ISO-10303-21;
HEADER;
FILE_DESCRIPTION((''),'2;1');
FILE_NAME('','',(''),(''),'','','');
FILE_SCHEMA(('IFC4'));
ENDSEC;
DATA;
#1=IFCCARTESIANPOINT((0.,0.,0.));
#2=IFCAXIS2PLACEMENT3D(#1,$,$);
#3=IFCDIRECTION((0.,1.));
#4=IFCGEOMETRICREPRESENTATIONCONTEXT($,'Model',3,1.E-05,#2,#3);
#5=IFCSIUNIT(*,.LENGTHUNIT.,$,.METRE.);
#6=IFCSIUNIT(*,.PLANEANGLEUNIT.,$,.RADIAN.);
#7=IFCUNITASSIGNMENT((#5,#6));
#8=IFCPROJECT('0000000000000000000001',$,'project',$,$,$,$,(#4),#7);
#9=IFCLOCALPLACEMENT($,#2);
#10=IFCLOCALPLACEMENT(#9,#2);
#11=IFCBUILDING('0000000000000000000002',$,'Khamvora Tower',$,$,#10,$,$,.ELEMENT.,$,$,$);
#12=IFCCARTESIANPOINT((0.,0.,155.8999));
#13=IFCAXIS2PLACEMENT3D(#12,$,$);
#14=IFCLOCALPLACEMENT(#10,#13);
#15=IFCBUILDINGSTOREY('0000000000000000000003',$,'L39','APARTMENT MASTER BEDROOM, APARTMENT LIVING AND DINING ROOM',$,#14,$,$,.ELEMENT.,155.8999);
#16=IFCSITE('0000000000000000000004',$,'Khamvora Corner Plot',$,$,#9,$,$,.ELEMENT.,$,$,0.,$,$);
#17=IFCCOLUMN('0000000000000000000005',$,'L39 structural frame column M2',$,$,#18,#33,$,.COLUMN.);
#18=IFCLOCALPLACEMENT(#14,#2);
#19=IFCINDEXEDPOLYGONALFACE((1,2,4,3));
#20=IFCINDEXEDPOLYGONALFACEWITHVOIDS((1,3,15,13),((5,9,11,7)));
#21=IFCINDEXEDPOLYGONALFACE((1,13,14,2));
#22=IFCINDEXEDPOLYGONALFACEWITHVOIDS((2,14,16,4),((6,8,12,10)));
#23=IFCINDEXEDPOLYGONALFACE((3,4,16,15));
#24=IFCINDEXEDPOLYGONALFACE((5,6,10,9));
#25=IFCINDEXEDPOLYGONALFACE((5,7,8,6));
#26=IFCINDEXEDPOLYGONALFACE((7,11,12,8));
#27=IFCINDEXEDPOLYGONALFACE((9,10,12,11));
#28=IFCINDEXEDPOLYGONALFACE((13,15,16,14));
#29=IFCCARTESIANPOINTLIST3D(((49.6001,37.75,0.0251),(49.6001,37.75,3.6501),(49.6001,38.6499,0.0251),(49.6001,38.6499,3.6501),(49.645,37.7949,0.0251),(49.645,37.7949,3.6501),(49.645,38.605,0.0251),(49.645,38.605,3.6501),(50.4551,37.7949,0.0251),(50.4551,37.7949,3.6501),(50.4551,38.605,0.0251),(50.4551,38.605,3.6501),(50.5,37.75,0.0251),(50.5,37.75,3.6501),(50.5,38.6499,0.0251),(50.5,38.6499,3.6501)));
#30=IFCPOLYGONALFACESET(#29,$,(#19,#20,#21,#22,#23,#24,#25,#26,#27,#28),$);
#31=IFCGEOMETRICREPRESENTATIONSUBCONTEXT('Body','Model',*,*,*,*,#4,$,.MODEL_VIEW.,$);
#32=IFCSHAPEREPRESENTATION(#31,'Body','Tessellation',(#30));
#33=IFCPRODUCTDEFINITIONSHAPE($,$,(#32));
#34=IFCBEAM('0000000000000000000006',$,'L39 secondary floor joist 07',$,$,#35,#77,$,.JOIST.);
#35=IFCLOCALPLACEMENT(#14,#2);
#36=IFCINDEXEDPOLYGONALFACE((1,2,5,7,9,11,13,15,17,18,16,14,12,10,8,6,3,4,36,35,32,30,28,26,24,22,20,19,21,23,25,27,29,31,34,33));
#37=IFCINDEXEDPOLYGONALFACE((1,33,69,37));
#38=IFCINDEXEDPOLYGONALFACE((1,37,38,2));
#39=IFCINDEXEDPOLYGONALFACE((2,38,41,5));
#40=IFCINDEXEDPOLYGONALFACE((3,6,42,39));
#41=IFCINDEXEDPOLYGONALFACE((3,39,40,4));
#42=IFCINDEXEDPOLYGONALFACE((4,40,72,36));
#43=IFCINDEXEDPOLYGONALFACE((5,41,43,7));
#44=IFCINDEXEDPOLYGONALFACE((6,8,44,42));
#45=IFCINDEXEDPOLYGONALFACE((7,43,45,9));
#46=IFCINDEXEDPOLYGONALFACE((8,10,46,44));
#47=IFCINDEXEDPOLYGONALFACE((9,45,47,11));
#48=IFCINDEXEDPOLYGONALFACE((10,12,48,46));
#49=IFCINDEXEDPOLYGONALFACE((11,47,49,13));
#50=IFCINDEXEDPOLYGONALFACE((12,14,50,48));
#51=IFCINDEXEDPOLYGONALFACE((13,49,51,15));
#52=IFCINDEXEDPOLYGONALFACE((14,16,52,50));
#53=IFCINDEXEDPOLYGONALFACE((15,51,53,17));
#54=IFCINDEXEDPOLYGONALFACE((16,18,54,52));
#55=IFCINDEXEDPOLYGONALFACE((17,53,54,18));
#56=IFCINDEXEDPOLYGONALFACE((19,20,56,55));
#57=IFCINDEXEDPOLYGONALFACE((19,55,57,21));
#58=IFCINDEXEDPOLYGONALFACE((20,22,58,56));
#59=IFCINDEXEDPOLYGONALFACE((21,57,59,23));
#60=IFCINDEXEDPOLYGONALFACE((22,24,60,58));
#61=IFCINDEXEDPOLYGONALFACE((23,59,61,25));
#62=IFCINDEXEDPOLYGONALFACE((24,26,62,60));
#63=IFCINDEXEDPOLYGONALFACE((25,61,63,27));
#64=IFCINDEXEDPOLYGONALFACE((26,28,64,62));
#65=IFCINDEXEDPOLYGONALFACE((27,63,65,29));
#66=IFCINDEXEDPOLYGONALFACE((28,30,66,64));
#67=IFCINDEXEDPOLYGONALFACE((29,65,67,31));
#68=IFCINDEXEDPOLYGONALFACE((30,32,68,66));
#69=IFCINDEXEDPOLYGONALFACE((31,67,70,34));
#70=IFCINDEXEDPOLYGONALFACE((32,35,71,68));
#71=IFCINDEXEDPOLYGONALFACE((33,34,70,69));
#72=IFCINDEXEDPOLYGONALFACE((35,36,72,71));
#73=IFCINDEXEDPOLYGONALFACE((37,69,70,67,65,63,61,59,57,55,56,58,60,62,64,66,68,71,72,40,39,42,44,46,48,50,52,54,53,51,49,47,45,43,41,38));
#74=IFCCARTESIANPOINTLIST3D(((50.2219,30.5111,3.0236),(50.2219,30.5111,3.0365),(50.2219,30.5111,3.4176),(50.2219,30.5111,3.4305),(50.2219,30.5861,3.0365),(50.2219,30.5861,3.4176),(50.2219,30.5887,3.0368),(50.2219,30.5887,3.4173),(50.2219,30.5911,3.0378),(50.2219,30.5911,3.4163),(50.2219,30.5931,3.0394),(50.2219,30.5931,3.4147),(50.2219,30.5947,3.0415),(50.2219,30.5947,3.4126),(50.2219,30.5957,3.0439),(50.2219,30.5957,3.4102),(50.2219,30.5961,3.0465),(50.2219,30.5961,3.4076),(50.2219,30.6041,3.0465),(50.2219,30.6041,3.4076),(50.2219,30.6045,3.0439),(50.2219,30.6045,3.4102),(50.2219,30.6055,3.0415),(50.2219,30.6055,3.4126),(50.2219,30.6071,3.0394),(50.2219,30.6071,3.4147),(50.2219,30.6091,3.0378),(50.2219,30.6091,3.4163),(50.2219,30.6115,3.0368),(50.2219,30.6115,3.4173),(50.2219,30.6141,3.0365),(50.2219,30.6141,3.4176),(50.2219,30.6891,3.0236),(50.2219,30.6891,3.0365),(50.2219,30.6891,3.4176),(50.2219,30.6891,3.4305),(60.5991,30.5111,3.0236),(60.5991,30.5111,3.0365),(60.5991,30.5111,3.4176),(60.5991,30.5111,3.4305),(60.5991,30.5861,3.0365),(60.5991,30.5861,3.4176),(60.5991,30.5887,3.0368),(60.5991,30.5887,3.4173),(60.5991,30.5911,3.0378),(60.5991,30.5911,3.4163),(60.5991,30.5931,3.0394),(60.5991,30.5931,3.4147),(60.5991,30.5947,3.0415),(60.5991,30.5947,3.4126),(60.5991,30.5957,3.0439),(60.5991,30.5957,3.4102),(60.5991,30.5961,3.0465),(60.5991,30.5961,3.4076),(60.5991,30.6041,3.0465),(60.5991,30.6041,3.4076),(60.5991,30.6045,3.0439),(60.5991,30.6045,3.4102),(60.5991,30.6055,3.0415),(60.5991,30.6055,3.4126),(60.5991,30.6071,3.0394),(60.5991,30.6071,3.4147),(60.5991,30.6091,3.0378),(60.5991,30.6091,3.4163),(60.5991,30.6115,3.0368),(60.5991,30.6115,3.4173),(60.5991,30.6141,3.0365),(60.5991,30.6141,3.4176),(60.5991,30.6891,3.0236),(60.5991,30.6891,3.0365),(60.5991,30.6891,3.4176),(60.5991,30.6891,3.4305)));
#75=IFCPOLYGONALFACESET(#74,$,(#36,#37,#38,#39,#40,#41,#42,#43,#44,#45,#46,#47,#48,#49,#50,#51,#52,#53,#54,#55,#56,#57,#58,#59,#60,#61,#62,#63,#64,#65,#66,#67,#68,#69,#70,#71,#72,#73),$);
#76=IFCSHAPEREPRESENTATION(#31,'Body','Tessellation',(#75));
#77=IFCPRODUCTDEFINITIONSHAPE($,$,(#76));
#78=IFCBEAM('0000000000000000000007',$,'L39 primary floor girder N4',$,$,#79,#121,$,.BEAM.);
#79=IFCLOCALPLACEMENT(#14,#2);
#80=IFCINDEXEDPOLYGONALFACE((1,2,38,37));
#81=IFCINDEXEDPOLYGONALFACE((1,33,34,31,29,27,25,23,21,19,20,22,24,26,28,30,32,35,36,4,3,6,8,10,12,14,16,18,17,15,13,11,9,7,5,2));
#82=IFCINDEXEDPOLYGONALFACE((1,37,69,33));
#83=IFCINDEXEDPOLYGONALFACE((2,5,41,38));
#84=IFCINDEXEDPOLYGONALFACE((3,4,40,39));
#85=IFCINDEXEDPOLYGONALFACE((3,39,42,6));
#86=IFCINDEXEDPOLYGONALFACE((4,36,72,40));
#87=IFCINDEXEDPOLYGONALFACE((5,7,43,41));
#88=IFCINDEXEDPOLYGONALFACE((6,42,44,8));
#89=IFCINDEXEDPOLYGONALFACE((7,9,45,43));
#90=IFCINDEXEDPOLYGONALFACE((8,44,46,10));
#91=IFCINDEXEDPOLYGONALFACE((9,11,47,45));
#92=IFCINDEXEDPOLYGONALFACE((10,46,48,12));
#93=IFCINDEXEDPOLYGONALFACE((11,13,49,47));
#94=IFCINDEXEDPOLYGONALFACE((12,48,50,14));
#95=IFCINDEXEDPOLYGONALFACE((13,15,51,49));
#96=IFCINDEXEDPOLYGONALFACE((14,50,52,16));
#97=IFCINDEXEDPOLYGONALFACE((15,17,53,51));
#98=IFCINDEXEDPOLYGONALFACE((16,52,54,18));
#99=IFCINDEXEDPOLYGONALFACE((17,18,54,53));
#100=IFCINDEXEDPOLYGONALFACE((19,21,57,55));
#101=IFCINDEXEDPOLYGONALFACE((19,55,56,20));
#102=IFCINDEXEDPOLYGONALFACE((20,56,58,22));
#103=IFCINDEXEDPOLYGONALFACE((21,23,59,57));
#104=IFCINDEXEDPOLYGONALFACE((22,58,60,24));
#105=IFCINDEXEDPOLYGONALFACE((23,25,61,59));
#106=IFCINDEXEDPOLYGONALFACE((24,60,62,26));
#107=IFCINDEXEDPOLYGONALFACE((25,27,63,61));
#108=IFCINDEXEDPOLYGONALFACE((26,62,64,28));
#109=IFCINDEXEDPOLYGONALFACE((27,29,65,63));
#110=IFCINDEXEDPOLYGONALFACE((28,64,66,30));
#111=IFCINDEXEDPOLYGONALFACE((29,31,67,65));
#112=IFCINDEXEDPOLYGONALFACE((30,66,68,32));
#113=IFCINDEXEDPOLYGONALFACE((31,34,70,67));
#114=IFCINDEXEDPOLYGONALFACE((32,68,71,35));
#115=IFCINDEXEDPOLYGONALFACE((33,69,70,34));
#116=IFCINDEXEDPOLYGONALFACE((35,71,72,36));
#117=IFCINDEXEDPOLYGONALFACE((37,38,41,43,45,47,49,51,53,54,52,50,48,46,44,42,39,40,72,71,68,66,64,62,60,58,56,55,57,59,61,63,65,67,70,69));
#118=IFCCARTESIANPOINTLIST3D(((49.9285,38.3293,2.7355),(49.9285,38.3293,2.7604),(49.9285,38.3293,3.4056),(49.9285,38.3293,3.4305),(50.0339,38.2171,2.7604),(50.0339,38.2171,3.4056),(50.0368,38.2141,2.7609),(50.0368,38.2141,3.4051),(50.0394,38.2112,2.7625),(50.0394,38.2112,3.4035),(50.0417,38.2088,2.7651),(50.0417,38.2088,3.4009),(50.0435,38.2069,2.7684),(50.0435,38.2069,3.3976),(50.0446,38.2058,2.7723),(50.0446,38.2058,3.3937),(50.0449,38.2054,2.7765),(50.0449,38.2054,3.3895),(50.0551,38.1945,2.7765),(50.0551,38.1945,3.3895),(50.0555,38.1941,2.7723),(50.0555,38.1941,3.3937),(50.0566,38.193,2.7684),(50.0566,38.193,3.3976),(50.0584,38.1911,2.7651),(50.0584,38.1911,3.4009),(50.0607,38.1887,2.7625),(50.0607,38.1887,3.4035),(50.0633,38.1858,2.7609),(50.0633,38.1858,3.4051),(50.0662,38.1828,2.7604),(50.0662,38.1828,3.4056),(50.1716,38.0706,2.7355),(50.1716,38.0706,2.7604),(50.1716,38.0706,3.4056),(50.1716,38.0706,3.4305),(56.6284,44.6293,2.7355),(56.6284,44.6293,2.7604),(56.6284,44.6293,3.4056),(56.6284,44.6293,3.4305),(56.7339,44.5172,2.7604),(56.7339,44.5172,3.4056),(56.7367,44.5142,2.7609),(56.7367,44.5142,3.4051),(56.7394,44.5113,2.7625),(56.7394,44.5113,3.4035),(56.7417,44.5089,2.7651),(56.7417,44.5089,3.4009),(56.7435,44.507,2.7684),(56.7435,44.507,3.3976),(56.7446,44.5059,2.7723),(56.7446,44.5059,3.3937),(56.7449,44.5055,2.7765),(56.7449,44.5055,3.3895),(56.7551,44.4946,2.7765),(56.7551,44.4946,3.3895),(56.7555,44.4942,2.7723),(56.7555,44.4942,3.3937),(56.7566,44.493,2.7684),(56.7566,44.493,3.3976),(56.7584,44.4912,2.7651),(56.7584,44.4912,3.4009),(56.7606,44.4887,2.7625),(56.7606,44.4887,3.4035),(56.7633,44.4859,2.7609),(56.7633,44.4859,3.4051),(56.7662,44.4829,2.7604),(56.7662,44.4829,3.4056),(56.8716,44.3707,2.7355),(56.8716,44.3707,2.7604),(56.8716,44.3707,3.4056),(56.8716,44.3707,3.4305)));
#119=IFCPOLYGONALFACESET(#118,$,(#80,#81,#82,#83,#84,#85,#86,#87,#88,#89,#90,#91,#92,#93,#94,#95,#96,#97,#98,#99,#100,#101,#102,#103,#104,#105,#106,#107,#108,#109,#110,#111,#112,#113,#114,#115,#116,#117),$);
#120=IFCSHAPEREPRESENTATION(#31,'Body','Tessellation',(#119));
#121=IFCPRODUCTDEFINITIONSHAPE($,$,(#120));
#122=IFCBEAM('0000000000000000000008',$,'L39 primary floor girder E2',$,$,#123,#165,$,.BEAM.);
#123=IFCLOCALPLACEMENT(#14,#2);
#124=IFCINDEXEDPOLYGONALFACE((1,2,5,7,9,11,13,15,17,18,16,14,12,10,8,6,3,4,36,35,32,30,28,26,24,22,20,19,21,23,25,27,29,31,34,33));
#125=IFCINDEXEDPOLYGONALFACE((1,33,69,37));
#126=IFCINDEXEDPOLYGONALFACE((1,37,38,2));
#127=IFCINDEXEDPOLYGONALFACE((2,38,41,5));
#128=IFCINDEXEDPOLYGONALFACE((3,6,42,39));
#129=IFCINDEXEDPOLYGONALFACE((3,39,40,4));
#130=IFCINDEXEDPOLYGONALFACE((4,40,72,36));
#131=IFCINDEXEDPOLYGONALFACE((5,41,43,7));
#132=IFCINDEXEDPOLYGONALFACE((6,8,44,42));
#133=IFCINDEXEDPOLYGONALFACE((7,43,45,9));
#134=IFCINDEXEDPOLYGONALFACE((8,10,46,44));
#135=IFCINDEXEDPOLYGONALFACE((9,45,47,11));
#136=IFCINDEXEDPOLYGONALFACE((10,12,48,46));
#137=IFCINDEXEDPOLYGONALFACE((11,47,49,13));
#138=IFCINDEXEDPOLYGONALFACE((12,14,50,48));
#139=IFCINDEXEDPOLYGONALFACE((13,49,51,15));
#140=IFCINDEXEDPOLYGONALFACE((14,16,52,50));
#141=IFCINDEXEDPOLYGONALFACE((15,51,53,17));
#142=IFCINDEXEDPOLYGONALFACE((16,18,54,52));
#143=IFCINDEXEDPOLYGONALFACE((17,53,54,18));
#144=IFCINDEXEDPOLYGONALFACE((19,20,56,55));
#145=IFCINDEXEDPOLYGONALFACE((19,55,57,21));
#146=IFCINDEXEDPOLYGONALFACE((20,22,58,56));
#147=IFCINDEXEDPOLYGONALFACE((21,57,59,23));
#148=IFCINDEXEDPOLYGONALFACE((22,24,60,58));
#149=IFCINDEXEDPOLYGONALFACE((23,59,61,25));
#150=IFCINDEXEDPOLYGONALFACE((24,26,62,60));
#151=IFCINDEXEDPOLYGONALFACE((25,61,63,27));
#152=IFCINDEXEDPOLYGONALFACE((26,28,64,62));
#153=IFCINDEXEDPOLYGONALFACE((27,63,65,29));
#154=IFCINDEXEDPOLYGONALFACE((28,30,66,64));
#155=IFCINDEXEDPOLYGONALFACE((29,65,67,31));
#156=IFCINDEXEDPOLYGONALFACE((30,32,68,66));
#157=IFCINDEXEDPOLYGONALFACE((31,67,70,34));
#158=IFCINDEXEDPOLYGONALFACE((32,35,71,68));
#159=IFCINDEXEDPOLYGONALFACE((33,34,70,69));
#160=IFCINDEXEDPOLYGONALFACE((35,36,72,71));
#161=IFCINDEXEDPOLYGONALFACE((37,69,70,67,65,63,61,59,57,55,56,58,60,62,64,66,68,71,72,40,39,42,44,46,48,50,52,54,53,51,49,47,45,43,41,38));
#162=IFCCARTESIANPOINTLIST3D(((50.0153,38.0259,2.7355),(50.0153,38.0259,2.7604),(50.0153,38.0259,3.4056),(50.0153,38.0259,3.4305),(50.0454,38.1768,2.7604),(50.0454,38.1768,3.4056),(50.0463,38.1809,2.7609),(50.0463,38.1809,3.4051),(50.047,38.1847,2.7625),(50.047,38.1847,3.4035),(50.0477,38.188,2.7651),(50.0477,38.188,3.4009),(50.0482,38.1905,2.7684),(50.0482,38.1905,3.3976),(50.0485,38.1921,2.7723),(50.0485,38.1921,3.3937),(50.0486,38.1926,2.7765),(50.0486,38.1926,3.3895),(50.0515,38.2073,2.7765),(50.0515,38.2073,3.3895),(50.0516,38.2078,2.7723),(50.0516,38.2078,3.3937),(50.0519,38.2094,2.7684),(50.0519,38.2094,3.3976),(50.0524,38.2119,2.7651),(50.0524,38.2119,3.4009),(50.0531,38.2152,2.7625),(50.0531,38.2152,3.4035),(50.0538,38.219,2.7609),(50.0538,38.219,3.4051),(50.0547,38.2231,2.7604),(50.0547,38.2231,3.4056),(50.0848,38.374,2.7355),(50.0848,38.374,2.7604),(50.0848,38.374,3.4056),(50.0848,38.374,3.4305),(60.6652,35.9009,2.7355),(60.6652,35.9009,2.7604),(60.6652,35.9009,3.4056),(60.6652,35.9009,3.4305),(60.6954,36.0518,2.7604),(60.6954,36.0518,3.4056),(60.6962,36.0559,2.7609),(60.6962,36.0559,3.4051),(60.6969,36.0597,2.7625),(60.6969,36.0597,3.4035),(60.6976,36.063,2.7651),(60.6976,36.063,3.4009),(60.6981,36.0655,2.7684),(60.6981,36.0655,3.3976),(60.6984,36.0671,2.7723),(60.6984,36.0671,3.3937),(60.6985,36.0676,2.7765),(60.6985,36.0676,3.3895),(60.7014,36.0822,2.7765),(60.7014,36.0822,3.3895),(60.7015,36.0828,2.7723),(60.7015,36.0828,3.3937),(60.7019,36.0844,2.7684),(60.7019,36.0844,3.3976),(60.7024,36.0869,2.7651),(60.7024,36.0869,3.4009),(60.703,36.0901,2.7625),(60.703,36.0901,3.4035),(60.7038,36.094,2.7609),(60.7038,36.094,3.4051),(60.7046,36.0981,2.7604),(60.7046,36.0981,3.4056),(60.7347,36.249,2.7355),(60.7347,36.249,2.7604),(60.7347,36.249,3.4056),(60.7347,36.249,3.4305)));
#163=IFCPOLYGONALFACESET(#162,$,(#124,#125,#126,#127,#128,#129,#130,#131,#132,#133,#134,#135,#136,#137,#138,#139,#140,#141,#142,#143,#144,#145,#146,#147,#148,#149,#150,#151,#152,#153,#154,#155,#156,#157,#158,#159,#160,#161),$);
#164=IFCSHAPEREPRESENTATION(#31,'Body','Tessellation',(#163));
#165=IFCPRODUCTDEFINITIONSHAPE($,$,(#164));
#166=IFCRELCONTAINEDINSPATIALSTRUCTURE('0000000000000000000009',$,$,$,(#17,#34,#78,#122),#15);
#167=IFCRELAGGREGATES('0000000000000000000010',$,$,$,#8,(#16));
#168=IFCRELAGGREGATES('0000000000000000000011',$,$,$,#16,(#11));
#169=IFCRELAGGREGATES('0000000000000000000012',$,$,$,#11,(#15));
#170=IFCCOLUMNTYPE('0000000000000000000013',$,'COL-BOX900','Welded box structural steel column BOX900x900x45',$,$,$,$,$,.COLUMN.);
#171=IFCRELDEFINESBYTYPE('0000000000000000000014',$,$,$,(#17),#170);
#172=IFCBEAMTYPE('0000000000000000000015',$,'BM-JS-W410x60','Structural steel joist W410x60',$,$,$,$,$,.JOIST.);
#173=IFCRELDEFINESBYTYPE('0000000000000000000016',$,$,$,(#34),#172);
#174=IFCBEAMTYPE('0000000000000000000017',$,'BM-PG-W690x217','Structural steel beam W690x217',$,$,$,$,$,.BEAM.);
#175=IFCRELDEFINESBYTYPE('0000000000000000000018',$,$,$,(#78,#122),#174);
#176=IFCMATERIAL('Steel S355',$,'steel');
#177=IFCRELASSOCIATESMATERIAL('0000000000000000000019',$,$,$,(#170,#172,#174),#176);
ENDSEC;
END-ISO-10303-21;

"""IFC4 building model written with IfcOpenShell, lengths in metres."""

from ifc_helpers import new_model, si_unit, direction, frame, origin, origin_2d, place, context, subcontext, project, spatial, hollow_rectangle, i_section, extrude, material, material_profile, profile_set, type_object, element, save


model = new_model("IFC4")

# Units and contexts
model_context = context("Model", 3, precision=1e-05, world=origin(), true_north=direction((0.0, 1.0)))
body_context = subcontext(model_context, "Body", "Model", "MODEL_VIEW")
ifc_project = project(units=[si_unit("LENGTHUNIT", "METRE"), si_unit("PLANEANGLEUNIT", "RADIAN")], contexts=[model_context])

# Site, building, storey
site_placement = place(None, origin())
site = spatial("IfcSite", under=ifc_project, at=site_placement, Name="Khamvora Corner Plot", CompositionType="ELEMENT", RefElevation=0.0)
building_placement = place(site_placement, origin())
building = spatial("IfcBuilding", under=site, at=building_placement, Name="Khamvora Tower", CompositionType="ELEMENT")
storey_placement = place(building_placement, frame((0.0, 0.0, 155.8999)))
storey = spatial("IfcBuildingStorey", under=building, at=storey_placement, Name="L39", Description="APARTMENT MASTER BEDROOM, APARTMENT LIVING AND DINING ROOM", CompositionType="ELEMENT", Elevation=155.8999)

# Column
ifc_material_1 = material(Name="Steel S355", Category="steel")
ifc_material_profile_1 = material_profile(ifc_material_1, hollow_rectangle(XDim=0.8999, YDim=0.8999, WallThickness=0.0449, at=origin_2d()), Name="BOX900x900x45")
ifc_profile_set_1 = profile_set([ifc_material_profile_1], Name="Steel S355")
column_type = type_object("IfcColumnType", Name="COL-BOX900", Description="Welded box structural steel column BOX900x900x45", PredefinedType="COLUMN", material=ifc_profile_set_1)
column_placement = place(storey_placement, frame((50.05, 38.2, 0.0251), z_axis=(0.0, 0.0, 1.0), x_axis=(1.0, 0.0, 0.0)))
element("IfcColumn", 1, at=column_placement, inside=storey, type_object=column_type, Name="L39 structural frame column M2", PredefinedType="COLUMN", context=body_context, shape_type="SweptSolid", body=[
    extrude(hollow_rectangle(XDim=0.8999, YDim=0.8999, WallThickness=0.0449, at=origin_2d()), origin(), (0.0, 0.0, 1.0), 3.625),
])

# Beams
ifc_material_profile_2 = material_profile(ifc_material_1, i_section(OverallWidth=0.178, OverallDepth=0.407, WebThickness=0.0081, FlangeThickness=0.0129, FilletRadius=0.01, at=origin_2d()), Name="W410x60")
ifc_profile_set_2 = profile_set([ifc_material_profile_2], Name="Steel S355")
beam_type_1 = type_object("IfcBeamType", Name="BM-JS-W410x60", Description="Structural steel joist W410x60", PredefinedType="JOIST", material=ifc_profile_set_2)
beam_1_placement = place(storey_placement, frame((50.2219, 30.6001, 3.2271), z_axis=(1.0, 0.0, 0.0), x_axis=(0.0, 1.0, 0.0)))
element("IfcBeam", 2, at=beam_1_placement, inside=storey, type_object=beam_type_1, Name="L39 secondary floor joist 07", PredefinedType="JOIST", context=body_context, shape_type="SweptSolid", body=[
    extrude(i_section(OverallWidth=0.178, OverallDepth=0.407, WebThickness=0.0081, FlangeThickness=0.0129, FilletRadius=0.01, at=origin_2d()), origin(), (0.0, 0.0, 1.0), 10.3772),
])
ifc_material_profile_3 = material_profile(ifc_material_1, i_section(OverallWidth=0.355, OverallDepth=0.6951, WebThickness=0.0149, FlangeThickness=0.0249, FilletRadius=0.0161, at=origin_2d()), Name="W690x217")
ifc_profile_set_3 = profile_set([ifc_material_profile_3], Name="Steel S355")
beam_type_2 = type_object("IfcBeamType", Name="BM-PG-W690x217", Description="Structural steel beam W690x217", PredefinedType="BEAM", material=ifc_profile_set_3)
beam_2_placement = place(storey_placement, frame((50.05, 38.2, 3.083), z_axis=(0.728514, 0.685031, 0.0), x_axis=(-0.685031, 0.728514, 0.0)))
element("IfcBeam", 3, at=beam_2_placement, inside=storey, type_object=beam_type_2, Name="L39 primary floor girder N4", PredefinedType="BEAM", context=body_context, shape_type="SweptSolid", body=[
    extrude(i_section(OverallWidth=0.355, OverallDepth=0.6951, WebThickness=0.0149, FlangeThickness=0.0249, FilletRadius=0.0161, at=origin_2d()), origin(), (0.0, 0.0, 1.0), 9.1968),
])
beam_3_placement = place(storey_placement, frame((50.05, 38.2, 3.083), z_axis=(0.980669, -0.195675, 0.0), x_axis=(0.195675, 0.980669, 0.0)))
element("IfcBeam", 4, at=beam_3_placement, inside=storey, type_object=beam_type_2, Name="L39 primary floor girder E2", PredefinedType="BEAM", context=body_context, shape_type="SweptSolid", body=[
    extrude(i_section(OverallWidth=0.355, OverallDepth=0.6951, WebThickness=0.0149, FlangeThickness=0.0249, FilletRadius=0.0161, at=origin_2d()), origin(), (0.0, 0.0, 1.0), 10.8599),
])

save(model, "model.ifc")
